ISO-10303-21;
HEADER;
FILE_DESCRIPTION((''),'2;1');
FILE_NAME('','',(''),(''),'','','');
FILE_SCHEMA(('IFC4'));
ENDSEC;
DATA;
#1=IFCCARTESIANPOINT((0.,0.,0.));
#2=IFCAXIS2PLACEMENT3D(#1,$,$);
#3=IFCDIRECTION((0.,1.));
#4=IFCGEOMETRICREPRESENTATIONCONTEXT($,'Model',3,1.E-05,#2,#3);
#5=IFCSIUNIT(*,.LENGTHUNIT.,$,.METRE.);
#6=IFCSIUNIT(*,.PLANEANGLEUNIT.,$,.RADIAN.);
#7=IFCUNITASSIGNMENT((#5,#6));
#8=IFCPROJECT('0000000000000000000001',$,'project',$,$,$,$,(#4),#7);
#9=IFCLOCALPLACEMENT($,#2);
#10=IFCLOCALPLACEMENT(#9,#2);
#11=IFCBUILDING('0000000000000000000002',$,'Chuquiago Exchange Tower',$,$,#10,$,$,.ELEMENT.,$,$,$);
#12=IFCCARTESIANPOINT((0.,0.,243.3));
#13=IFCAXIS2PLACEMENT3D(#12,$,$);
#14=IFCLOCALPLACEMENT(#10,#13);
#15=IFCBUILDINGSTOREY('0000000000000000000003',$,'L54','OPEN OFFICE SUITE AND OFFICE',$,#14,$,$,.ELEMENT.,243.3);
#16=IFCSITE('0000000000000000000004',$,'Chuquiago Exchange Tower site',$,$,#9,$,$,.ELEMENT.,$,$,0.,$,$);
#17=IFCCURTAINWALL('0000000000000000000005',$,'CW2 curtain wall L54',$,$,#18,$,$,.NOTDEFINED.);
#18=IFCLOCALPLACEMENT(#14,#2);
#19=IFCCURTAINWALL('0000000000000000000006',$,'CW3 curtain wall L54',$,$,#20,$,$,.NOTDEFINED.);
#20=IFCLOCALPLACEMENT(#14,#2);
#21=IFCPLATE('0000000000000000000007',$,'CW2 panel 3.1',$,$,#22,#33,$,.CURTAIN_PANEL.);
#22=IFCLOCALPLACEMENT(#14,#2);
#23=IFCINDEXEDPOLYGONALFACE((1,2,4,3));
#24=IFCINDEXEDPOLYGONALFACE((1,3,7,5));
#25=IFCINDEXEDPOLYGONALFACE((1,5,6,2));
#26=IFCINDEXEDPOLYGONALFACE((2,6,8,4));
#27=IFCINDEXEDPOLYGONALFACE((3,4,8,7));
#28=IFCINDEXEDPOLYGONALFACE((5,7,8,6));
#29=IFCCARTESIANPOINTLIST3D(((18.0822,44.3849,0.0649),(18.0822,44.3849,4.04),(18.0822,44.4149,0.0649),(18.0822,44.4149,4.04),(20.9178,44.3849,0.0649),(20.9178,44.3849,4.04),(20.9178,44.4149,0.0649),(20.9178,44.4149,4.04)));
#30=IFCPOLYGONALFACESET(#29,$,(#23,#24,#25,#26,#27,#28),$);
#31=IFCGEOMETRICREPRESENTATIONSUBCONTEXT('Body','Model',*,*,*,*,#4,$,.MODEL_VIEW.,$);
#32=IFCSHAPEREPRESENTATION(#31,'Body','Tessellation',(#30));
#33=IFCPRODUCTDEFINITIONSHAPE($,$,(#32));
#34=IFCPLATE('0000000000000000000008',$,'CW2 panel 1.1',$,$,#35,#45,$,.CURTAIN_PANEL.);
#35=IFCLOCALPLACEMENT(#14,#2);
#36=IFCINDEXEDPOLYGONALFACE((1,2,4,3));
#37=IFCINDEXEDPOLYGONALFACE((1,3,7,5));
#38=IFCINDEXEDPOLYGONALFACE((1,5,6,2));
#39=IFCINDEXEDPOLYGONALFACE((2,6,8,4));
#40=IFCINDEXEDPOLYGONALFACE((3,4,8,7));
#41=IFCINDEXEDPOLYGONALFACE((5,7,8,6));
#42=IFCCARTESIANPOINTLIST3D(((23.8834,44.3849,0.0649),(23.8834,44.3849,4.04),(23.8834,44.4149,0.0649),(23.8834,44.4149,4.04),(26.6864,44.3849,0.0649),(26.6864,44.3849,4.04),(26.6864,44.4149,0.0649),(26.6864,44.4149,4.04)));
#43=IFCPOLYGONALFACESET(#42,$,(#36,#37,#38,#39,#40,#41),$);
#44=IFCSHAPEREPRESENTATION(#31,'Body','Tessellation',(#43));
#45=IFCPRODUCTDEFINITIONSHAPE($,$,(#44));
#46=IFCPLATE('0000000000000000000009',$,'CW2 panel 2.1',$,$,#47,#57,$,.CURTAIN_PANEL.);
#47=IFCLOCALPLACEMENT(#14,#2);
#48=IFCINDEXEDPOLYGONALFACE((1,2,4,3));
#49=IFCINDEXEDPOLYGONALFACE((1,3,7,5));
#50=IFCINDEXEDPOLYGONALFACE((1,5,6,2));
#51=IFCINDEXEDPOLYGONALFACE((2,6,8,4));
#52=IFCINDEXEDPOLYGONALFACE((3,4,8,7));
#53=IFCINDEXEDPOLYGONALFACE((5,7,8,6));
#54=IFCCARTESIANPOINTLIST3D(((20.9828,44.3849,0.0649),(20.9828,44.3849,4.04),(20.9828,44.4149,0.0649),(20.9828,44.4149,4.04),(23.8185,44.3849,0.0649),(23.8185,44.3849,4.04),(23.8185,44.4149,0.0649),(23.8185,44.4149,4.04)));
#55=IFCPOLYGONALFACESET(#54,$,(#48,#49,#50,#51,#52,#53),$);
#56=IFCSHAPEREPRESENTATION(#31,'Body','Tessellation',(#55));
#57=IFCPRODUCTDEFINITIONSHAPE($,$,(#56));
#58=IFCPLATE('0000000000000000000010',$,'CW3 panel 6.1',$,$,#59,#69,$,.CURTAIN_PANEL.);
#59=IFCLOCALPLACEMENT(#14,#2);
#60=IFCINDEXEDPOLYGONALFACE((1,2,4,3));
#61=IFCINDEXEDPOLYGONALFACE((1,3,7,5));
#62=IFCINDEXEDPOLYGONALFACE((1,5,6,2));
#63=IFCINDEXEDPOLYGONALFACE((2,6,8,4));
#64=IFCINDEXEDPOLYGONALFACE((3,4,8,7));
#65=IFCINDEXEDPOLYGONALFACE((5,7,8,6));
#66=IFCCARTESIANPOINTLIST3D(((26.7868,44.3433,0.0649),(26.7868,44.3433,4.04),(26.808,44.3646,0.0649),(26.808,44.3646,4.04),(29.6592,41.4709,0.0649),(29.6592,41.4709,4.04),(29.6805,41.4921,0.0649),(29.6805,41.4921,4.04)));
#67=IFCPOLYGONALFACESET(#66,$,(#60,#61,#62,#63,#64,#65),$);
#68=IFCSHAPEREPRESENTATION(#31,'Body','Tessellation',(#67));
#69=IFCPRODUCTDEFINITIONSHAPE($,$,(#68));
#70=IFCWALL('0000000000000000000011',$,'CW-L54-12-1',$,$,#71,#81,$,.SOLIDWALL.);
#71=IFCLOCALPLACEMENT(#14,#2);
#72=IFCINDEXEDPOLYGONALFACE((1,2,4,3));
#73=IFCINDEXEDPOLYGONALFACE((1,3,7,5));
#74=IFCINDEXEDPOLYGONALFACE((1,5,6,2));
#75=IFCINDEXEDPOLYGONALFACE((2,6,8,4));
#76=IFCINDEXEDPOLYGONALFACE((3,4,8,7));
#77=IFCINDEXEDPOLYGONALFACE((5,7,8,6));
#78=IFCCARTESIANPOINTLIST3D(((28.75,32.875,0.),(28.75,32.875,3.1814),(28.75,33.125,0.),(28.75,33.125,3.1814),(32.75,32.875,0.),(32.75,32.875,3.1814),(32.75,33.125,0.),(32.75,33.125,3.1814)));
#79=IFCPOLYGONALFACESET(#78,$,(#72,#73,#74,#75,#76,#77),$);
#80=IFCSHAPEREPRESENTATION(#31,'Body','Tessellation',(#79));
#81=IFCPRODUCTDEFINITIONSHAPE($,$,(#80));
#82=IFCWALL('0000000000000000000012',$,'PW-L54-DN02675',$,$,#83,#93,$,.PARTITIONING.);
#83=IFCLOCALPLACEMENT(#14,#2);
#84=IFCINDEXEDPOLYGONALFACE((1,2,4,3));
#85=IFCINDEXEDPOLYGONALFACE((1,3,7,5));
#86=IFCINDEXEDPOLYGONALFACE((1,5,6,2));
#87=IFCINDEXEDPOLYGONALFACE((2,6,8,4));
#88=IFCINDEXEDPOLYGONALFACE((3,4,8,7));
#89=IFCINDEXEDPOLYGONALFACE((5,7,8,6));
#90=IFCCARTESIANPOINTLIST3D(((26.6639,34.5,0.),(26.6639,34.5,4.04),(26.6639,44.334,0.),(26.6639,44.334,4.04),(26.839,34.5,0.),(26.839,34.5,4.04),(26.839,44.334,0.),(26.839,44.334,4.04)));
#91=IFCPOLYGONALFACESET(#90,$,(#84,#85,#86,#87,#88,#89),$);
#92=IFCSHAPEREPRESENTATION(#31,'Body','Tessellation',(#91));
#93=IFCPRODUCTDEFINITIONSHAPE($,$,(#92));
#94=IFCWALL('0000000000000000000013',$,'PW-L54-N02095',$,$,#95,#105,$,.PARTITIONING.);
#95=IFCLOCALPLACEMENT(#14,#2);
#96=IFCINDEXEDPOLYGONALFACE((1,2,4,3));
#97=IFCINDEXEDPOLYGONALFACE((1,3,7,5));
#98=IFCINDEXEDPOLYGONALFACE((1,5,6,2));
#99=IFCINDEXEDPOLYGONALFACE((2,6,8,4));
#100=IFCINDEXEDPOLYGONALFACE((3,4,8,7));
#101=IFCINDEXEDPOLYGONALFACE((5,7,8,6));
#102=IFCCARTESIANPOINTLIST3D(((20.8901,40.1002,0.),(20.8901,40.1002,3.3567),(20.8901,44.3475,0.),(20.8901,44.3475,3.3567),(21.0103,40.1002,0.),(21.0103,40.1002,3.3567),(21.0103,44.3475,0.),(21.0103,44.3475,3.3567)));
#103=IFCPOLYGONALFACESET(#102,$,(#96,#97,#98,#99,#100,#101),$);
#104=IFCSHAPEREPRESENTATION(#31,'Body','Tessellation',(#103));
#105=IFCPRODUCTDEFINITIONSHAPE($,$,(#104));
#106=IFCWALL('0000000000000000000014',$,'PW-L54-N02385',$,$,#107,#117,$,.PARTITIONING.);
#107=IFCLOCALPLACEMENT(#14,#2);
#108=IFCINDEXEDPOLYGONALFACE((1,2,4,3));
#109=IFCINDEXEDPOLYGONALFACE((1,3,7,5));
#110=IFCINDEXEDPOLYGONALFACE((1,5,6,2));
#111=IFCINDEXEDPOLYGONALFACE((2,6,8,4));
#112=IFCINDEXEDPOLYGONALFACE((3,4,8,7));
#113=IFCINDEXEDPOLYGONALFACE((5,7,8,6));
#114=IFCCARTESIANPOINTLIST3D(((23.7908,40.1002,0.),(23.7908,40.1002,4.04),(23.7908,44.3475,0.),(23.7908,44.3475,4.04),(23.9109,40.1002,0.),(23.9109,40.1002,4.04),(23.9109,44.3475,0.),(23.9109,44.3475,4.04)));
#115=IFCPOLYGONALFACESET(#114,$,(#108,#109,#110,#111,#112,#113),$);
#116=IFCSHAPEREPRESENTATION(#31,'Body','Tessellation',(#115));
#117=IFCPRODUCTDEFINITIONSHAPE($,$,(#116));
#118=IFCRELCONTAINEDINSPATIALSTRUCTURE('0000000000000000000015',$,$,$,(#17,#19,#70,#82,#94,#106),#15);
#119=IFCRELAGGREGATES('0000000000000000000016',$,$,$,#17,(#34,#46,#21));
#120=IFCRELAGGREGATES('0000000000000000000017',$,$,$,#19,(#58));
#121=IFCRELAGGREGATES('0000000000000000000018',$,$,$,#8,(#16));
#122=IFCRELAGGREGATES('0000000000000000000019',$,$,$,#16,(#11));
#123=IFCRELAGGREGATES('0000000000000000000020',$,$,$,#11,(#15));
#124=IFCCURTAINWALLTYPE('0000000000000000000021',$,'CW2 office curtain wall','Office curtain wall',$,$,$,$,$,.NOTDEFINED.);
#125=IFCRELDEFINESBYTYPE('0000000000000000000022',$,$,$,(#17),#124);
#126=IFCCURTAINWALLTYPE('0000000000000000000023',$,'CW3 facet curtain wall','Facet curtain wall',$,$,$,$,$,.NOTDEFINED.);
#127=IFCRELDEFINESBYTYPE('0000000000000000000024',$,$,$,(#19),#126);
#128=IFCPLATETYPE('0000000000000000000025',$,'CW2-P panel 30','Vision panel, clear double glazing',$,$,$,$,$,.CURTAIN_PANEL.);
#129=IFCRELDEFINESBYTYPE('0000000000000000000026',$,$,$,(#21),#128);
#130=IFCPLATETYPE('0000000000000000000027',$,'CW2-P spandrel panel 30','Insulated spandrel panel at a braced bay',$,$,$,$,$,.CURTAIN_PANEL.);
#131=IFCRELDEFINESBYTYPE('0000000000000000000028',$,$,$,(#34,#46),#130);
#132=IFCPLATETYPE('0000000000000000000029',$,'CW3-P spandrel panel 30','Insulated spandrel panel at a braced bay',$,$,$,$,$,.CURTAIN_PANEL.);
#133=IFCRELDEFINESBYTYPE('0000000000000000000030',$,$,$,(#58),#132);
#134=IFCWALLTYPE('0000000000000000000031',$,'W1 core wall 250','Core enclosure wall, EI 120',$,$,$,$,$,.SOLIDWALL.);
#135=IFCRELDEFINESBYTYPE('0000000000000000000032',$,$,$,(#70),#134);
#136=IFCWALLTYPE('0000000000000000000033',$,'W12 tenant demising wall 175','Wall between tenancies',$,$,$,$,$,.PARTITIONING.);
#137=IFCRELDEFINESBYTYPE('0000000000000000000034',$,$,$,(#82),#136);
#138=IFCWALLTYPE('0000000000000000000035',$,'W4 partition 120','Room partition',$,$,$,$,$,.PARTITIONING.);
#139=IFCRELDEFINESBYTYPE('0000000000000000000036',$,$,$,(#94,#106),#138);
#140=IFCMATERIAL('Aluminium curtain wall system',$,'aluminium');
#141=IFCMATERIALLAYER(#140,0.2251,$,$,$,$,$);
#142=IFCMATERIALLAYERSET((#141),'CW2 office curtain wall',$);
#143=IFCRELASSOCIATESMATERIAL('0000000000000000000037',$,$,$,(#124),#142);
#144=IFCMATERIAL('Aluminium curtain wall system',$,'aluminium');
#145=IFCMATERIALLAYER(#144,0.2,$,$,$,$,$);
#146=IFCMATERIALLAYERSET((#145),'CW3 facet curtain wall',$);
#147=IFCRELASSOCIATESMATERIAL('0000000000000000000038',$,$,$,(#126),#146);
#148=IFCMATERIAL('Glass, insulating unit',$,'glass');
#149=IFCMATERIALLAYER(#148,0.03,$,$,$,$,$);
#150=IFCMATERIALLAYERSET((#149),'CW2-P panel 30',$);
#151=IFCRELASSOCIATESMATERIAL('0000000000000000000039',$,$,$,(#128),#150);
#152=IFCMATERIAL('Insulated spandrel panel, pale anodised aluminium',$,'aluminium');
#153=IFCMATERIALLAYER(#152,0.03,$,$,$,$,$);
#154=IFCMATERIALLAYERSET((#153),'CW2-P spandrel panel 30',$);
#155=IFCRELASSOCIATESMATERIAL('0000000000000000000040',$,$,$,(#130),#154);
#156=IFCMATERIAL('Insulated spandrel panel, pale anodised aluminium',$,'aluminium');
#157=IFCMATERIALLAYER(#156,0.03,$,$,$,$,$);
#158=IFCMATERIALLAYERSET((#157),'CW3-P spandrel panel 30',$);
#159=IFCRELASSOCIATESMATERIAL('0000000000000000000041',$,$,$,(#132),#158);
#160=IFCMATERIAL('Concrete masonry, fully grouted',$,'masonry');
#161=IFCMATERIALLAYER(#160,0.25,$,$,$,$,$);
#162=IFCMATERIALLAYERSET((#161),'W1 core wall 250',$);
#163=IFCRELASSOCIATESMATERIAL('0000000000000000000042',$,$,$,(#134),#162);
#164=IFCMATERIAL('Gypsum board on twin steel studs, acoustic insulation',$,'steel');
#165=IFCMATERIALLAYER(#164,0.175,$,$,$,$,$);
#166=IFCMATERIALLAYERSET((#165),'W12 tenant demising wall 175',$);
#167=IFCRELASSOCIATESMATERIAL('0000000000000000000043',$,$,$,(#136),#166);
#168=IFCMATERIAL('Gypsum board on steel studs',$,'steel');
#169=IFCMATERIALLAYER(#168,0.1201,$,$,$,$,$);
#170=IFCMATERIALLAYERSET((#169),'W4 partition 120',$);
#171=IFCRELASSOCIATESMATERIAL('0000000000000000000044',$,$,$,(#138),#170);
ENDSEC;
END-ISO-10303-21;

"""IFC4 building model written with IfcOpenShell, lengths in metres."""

from ifc_helpers import new_model, si_unit, direction, frame, frame_2d, origin, origin_2d, place, context, subcontext, project, spatial, rectangle, extrude, material, layer, layer_set, type_object, element, aggregate, save


model = new_model("IFC4")

# Units and contexts
model_context = context("Model", 3, precision=1e-05, world=origin(), true_north=direction((0.0, 1.0)))
body_context = subcontext(model_context, "Body", "Model", "MODEL_VIEW")
ifc_project = project(units=[si_unit("LENGTHUNIT", "METRE"), si_unit("PLANEANGLEUNIT", "RADIAN")], contexts=[model_context])

# Site, building, storey
site_placement = place(None, origin())
site = spatial("IfcSite", under=ifc_project, at=site_placement, Name="Chuquiago Exchange Tower site", CompositionType="ELEMENT", RefElevation=0.0)
building_placement = place(site_placement, origin())
building = spatial("IfcBuilding", under=site, at=building_placement, Name="Chuquiago Exchange Tower", CompositionType="ELEMENT")
storey_placement = place(building_placement, frame((0.0, 0.0, 243.3)))
storey = spatial("IfcBuildingStorey", under=building, at=storey_placement, Name="L54", Description="OPEN OFFICE SUITE AND OFFICE", CompositionType="ELEMENT", Elevation=243.3)

# Curtain walls
ifc_material_1 = material(Name="Aluminium curtain wall system", Category="aluminium")
ifc_layer_1 = layer(ifc_material_1, 0.2251)
ifc_layer_set_1 = layer_set([ifc_layer_1], Name="CW2 office curtain wall")
curtain_wall_type_1 = type_object("IfcCurtainWallType", Name="CW2 office curtain wall", Description="Office curtain wall", PredefinedType="NOTDEFINED", material=ifc_layer_set_1)
curtain_wall_1_placement = place(storey_placement, origin())
curtain_wall_1 = element("IfcCurtainWall", 1, at=curtain_wall_1_placement, inside=storey, type_object=curtain_wall_type_1, Name="CW2 curtain wall L54", PredefinedType="NOTDEFINED")
ifc_material_2 = material(Name="Aluminium curtain wall system", Category="aluminium")
ifc_layer_2 = layer(ifc_material_2, 0.2)
ifc_layer_set_2 = layer_set([ifc_layer_2], Name="CW3 facet curtain wall")
curtain_wall_type_2 = type_object("IfcCurtainWallType", Name="CW3 facet curtain wall", Description="Facet curtain wall", PredefinedType="NOTDEFINED", material=ifc_layer_set_2)
curtain_wall_2_placement = place(storey_placement, origin())
curtain_wall_2 = element("IfcCurtainWall", 2, at=curtain_wall_2_placement, inside=storey, type_object=curtain_wall_type_2, Name="CW3 curtain wall L54", PredefinedType="NOTDEFINED")

# Plates
ifc_material_3 = material(Name="Glass, insulating unit", Category="glass")
ifc_layer_3 = layer(ifc_material_3, 0.03)
ifc_layer_set_3 = layer_set([ifc_layer_3], Name="CW2-P panel 30")
plate_type_1 = type_object("IfcPlateType", Name="CW2-P panel 30", Description="Vision panel, clear double glazing", PredefinedType="CURTAIN_PANEL", material=ifc_layer_set_3)
plate_1_placement = place(storey_placement, frame((19.5, 44.3999, 0.0649), z_axis=(0.0, 0.0, 1.0), x_axis=(-1.0, 0.0, 0.0)))
plate_1 = element("IfcPlate", 3, at=plate_1_placement, type_object=plate_type_1, Name="CW2 panel 3.1", PredefinedType="CURTAIN_PANEL", context=body_context, shape_type="SweptSolid", body=[
    extrude(rectangle(XDim=2.8357, YDim=0.03, at=origin_2d()), origin(), (0.0, 0.0, 1.0), 3.9751),
])
ifc_material_4 = material(Name="Insulated spandrel panel, pale anodised aluminium", Category="aluminium")
ifc_layer_4 = layer(ifc_material_4, 0.03)
ifc_layer_set_4 = layer_set([ifc_layer_4], Name="CW2-P spandrel panel 30")
plate_type_2 = type_object("IfcPlateType", Name="CW2-P spandrel panel 30", Description="Insulated spandrel panel at a braced bay", PredefinedType="CURTAIN_PANEL", material=ifc_layer_set_4)
plate_2_placement = place(storey_placement, frame((25.2849, 44.3999, 0.0649), z_axis=(0.0, 0.0, 1.0), x_axis=(-1.0, 0.0, 0.0)))
plate_2 = element("IfcPlate", 4, at=plate_2_placement, type_object=plate_type_2, Name="CW2 panel 1.1", PredefinedType="CURTAIN_PANEL", context=body_context, shape_type="SweptSolid", body=[
    extrude(rectangle(XDim=2.803, YDim=0.03, at=origin_2d()), origin(), (0.0, 0.0, 1.0), 3.9751),
])
plate_3_placement = place(storey_placement, frame((22.4006, 44.3999, 0.0649), z_axis=(0.0, 0.0, 1.0), x_axis=(-1.0, 0.0, 0.0)))
plate_3 = element("IfcPlate", 5, at=plate_3_placement, type_object=plate_type_2, Name="CW2 panel 2.1", PredefinedType="CURTAIN_PANEL", context=body_context, shape_type="SweptSolid", body=[
    extrude(rectangle(XDim=2.8357, YDim=0.03, at=origin_2d()), origin(), (0.0, 0.0, 1.0), 3.9751),
])
aggregate(curtain_wall_1, [plate_2, plate_3, plate_1])
ifc_material_5 = material(Name="Insulated spandrel panel, pale anodised aluminium", Category="aluminium")
ifc_layer_5 = layer(ifc_material_5, 0.03)
ifc_layer_set_5 = layer_set([ifc_layer_5], Name="CW3-P spandrel panel 30")
plate_type_3 = type_object("IfcPlateType", Name="CW3-P spandrel panel 30", Description="Insulated spandrel panel at a braced bay", PredefinedType="CURTAIN_PANEL", material=ifc_layer_set_5)
plate_4_placement = place(storey_placement, frame((28.2336, 42.9177, 0.0649), z_axis=(0.0, 0.0, 1.0), x_axis=(-0.707107, 0.707107, 0.0)))
plate_4 = element("IfcPlate", 6, at=plate_4_placement, type_object=plate_type_3, Name="CW3 panel 6.1", PredefinedType="CURTAIN_PANEL", context=body_context, shape_type="SweptSolid", body=[
    extrude(rectangle(XDim=4.0623, YDim=0.03, at=origin_2d()), origin(), (0.0, 0.0, 1.0), 3.9751),
])
aggregate(curtain_wall_2, [plate_4])

# Walls
ifc_material_6 = material(Name="Concrete masonry, fully grouted", Category="masonry")
ifc_layer_6 = layer(ifc_material_6, 0.25)
ifc_layer_set_6 = layer_set([ifc_layer_6], Name="W1 core wall 250")
wall_type_1 = type_object("IfcWallType", Name="W1 core wall 250", Description="Core enclosure wall, EI 120", PredefinedType="SOLIDWALL", material=ifc_layer_set_6)
wall_1_placement = place(storey_placement, frame((28.75, 33.0, 0.0), z_axis=(0.0, 0.0, 1.0), x_axis=(1.0, 0.0, 0.0)))
element("IfcWall", 7, at=wall_1_placement, inside=storey, type_object=wall_type_1, Name="CW-L54-12-1", PredefinedType="SOLIDWALL", context=body_context, shape_type="SweptSolid", body=[
    extrude(rectangle(XDim=4.0, YDim=0.25, at=frame_2d((2.0, 0.0))), origin(), (0.0, 0.0, 1.0), 3.1814),
])
ifc_material_7 = material(Name="Gypsum board on twin steel studs, acoustic insulation", Category="steel")
ifc_layer_7 = layer(ifc_material_7, 0.175)
ifc_layer_set_7 = layer_set([ifc_layer_7], Name="W12 tenant demising wall 175")
wall_type_2 = type_object("IfcWallType", Name="W12 tenant demising wall 175", Description="Wall between tenancies", PredefinedType="PARTITIONING", material=ifc_layer_set_7)
wall_2_placement = place(storey_placement, frame((26.7515, 44.334, 0.0), z_axis=(0.0, 0.0, 1.0), x_axis=(0.0, -1.0, 0.0)))
element("IfcWall", 8, at=wall_2_placement, inside=storey, type_object=wall_type_2, Name="PW-L54-DN02675", PredefinedType="PARTITIONING", context=body_context, shape_type="SweptSolid", body=[
    extrude(rectangle(XDim=9.834, YDim=0.175, at=frame_2d((4.917, 0.0))), origin(), (0.0, 0.0, 1.0), 4.04),
])
ifc_material_8 = material(Name="Gypsum board on steel studs", Category="steel")
ifc_layer_8 = layer(ifc_material_8, 0.1201)
ifc_layer_set_8 = layer_set([ifc_layer_8], Name="W4 partition 120")
wall_type_3 = type_object("IfcWallType", Name="W4 partition 120", Description="Room partition", PredefinedType="PARTITIONING", material=ifc_layer_set_8)
wall_3_placement = place(storey_placement, frame((20.9502, 44.3474, 0.0), z_axis=(0.0, 0.0, 1.0), x_axis=(0.0, -1.0, 0.0)))
element("IfcWall", 9, at=wall_3_placement, inside=storey, type_object=wall_type_3, Name="PW-L54-N02095", PredefinedType="PARTITIONING", context=body_context, shape_type="SweptSolid", body=[
    extrude(rectangle(XDim=4.2473, YDim=0.1201, at=frame_2d((2.1235, 0.0))), origin(), (0.0, 0.0, 1.0), 3.3567),
])
wall_4_placement = place(storey_placement, frame((23.8508, 44.3474, 0.0), z_axis=(0.0, 0.0, 1.0), x_axis=(0.0, -1.0, 0.0)))
element("IfcWall", 10, at=wall_4_placement, inside=storey, type_object=wall_type_3, Name="PW-L54-N02385", PredefinedType="PARTITIONING", context=body_context, shape_type="SweptSolid", body=[
    extrude(rectangle(XDim=4.2473, YDim=0.1201, at=frame_2d((2.1235, 0.0))), origin(), (0.0, 0.0, 1.0), 4.04),
])

save(model, "model.ifc")
